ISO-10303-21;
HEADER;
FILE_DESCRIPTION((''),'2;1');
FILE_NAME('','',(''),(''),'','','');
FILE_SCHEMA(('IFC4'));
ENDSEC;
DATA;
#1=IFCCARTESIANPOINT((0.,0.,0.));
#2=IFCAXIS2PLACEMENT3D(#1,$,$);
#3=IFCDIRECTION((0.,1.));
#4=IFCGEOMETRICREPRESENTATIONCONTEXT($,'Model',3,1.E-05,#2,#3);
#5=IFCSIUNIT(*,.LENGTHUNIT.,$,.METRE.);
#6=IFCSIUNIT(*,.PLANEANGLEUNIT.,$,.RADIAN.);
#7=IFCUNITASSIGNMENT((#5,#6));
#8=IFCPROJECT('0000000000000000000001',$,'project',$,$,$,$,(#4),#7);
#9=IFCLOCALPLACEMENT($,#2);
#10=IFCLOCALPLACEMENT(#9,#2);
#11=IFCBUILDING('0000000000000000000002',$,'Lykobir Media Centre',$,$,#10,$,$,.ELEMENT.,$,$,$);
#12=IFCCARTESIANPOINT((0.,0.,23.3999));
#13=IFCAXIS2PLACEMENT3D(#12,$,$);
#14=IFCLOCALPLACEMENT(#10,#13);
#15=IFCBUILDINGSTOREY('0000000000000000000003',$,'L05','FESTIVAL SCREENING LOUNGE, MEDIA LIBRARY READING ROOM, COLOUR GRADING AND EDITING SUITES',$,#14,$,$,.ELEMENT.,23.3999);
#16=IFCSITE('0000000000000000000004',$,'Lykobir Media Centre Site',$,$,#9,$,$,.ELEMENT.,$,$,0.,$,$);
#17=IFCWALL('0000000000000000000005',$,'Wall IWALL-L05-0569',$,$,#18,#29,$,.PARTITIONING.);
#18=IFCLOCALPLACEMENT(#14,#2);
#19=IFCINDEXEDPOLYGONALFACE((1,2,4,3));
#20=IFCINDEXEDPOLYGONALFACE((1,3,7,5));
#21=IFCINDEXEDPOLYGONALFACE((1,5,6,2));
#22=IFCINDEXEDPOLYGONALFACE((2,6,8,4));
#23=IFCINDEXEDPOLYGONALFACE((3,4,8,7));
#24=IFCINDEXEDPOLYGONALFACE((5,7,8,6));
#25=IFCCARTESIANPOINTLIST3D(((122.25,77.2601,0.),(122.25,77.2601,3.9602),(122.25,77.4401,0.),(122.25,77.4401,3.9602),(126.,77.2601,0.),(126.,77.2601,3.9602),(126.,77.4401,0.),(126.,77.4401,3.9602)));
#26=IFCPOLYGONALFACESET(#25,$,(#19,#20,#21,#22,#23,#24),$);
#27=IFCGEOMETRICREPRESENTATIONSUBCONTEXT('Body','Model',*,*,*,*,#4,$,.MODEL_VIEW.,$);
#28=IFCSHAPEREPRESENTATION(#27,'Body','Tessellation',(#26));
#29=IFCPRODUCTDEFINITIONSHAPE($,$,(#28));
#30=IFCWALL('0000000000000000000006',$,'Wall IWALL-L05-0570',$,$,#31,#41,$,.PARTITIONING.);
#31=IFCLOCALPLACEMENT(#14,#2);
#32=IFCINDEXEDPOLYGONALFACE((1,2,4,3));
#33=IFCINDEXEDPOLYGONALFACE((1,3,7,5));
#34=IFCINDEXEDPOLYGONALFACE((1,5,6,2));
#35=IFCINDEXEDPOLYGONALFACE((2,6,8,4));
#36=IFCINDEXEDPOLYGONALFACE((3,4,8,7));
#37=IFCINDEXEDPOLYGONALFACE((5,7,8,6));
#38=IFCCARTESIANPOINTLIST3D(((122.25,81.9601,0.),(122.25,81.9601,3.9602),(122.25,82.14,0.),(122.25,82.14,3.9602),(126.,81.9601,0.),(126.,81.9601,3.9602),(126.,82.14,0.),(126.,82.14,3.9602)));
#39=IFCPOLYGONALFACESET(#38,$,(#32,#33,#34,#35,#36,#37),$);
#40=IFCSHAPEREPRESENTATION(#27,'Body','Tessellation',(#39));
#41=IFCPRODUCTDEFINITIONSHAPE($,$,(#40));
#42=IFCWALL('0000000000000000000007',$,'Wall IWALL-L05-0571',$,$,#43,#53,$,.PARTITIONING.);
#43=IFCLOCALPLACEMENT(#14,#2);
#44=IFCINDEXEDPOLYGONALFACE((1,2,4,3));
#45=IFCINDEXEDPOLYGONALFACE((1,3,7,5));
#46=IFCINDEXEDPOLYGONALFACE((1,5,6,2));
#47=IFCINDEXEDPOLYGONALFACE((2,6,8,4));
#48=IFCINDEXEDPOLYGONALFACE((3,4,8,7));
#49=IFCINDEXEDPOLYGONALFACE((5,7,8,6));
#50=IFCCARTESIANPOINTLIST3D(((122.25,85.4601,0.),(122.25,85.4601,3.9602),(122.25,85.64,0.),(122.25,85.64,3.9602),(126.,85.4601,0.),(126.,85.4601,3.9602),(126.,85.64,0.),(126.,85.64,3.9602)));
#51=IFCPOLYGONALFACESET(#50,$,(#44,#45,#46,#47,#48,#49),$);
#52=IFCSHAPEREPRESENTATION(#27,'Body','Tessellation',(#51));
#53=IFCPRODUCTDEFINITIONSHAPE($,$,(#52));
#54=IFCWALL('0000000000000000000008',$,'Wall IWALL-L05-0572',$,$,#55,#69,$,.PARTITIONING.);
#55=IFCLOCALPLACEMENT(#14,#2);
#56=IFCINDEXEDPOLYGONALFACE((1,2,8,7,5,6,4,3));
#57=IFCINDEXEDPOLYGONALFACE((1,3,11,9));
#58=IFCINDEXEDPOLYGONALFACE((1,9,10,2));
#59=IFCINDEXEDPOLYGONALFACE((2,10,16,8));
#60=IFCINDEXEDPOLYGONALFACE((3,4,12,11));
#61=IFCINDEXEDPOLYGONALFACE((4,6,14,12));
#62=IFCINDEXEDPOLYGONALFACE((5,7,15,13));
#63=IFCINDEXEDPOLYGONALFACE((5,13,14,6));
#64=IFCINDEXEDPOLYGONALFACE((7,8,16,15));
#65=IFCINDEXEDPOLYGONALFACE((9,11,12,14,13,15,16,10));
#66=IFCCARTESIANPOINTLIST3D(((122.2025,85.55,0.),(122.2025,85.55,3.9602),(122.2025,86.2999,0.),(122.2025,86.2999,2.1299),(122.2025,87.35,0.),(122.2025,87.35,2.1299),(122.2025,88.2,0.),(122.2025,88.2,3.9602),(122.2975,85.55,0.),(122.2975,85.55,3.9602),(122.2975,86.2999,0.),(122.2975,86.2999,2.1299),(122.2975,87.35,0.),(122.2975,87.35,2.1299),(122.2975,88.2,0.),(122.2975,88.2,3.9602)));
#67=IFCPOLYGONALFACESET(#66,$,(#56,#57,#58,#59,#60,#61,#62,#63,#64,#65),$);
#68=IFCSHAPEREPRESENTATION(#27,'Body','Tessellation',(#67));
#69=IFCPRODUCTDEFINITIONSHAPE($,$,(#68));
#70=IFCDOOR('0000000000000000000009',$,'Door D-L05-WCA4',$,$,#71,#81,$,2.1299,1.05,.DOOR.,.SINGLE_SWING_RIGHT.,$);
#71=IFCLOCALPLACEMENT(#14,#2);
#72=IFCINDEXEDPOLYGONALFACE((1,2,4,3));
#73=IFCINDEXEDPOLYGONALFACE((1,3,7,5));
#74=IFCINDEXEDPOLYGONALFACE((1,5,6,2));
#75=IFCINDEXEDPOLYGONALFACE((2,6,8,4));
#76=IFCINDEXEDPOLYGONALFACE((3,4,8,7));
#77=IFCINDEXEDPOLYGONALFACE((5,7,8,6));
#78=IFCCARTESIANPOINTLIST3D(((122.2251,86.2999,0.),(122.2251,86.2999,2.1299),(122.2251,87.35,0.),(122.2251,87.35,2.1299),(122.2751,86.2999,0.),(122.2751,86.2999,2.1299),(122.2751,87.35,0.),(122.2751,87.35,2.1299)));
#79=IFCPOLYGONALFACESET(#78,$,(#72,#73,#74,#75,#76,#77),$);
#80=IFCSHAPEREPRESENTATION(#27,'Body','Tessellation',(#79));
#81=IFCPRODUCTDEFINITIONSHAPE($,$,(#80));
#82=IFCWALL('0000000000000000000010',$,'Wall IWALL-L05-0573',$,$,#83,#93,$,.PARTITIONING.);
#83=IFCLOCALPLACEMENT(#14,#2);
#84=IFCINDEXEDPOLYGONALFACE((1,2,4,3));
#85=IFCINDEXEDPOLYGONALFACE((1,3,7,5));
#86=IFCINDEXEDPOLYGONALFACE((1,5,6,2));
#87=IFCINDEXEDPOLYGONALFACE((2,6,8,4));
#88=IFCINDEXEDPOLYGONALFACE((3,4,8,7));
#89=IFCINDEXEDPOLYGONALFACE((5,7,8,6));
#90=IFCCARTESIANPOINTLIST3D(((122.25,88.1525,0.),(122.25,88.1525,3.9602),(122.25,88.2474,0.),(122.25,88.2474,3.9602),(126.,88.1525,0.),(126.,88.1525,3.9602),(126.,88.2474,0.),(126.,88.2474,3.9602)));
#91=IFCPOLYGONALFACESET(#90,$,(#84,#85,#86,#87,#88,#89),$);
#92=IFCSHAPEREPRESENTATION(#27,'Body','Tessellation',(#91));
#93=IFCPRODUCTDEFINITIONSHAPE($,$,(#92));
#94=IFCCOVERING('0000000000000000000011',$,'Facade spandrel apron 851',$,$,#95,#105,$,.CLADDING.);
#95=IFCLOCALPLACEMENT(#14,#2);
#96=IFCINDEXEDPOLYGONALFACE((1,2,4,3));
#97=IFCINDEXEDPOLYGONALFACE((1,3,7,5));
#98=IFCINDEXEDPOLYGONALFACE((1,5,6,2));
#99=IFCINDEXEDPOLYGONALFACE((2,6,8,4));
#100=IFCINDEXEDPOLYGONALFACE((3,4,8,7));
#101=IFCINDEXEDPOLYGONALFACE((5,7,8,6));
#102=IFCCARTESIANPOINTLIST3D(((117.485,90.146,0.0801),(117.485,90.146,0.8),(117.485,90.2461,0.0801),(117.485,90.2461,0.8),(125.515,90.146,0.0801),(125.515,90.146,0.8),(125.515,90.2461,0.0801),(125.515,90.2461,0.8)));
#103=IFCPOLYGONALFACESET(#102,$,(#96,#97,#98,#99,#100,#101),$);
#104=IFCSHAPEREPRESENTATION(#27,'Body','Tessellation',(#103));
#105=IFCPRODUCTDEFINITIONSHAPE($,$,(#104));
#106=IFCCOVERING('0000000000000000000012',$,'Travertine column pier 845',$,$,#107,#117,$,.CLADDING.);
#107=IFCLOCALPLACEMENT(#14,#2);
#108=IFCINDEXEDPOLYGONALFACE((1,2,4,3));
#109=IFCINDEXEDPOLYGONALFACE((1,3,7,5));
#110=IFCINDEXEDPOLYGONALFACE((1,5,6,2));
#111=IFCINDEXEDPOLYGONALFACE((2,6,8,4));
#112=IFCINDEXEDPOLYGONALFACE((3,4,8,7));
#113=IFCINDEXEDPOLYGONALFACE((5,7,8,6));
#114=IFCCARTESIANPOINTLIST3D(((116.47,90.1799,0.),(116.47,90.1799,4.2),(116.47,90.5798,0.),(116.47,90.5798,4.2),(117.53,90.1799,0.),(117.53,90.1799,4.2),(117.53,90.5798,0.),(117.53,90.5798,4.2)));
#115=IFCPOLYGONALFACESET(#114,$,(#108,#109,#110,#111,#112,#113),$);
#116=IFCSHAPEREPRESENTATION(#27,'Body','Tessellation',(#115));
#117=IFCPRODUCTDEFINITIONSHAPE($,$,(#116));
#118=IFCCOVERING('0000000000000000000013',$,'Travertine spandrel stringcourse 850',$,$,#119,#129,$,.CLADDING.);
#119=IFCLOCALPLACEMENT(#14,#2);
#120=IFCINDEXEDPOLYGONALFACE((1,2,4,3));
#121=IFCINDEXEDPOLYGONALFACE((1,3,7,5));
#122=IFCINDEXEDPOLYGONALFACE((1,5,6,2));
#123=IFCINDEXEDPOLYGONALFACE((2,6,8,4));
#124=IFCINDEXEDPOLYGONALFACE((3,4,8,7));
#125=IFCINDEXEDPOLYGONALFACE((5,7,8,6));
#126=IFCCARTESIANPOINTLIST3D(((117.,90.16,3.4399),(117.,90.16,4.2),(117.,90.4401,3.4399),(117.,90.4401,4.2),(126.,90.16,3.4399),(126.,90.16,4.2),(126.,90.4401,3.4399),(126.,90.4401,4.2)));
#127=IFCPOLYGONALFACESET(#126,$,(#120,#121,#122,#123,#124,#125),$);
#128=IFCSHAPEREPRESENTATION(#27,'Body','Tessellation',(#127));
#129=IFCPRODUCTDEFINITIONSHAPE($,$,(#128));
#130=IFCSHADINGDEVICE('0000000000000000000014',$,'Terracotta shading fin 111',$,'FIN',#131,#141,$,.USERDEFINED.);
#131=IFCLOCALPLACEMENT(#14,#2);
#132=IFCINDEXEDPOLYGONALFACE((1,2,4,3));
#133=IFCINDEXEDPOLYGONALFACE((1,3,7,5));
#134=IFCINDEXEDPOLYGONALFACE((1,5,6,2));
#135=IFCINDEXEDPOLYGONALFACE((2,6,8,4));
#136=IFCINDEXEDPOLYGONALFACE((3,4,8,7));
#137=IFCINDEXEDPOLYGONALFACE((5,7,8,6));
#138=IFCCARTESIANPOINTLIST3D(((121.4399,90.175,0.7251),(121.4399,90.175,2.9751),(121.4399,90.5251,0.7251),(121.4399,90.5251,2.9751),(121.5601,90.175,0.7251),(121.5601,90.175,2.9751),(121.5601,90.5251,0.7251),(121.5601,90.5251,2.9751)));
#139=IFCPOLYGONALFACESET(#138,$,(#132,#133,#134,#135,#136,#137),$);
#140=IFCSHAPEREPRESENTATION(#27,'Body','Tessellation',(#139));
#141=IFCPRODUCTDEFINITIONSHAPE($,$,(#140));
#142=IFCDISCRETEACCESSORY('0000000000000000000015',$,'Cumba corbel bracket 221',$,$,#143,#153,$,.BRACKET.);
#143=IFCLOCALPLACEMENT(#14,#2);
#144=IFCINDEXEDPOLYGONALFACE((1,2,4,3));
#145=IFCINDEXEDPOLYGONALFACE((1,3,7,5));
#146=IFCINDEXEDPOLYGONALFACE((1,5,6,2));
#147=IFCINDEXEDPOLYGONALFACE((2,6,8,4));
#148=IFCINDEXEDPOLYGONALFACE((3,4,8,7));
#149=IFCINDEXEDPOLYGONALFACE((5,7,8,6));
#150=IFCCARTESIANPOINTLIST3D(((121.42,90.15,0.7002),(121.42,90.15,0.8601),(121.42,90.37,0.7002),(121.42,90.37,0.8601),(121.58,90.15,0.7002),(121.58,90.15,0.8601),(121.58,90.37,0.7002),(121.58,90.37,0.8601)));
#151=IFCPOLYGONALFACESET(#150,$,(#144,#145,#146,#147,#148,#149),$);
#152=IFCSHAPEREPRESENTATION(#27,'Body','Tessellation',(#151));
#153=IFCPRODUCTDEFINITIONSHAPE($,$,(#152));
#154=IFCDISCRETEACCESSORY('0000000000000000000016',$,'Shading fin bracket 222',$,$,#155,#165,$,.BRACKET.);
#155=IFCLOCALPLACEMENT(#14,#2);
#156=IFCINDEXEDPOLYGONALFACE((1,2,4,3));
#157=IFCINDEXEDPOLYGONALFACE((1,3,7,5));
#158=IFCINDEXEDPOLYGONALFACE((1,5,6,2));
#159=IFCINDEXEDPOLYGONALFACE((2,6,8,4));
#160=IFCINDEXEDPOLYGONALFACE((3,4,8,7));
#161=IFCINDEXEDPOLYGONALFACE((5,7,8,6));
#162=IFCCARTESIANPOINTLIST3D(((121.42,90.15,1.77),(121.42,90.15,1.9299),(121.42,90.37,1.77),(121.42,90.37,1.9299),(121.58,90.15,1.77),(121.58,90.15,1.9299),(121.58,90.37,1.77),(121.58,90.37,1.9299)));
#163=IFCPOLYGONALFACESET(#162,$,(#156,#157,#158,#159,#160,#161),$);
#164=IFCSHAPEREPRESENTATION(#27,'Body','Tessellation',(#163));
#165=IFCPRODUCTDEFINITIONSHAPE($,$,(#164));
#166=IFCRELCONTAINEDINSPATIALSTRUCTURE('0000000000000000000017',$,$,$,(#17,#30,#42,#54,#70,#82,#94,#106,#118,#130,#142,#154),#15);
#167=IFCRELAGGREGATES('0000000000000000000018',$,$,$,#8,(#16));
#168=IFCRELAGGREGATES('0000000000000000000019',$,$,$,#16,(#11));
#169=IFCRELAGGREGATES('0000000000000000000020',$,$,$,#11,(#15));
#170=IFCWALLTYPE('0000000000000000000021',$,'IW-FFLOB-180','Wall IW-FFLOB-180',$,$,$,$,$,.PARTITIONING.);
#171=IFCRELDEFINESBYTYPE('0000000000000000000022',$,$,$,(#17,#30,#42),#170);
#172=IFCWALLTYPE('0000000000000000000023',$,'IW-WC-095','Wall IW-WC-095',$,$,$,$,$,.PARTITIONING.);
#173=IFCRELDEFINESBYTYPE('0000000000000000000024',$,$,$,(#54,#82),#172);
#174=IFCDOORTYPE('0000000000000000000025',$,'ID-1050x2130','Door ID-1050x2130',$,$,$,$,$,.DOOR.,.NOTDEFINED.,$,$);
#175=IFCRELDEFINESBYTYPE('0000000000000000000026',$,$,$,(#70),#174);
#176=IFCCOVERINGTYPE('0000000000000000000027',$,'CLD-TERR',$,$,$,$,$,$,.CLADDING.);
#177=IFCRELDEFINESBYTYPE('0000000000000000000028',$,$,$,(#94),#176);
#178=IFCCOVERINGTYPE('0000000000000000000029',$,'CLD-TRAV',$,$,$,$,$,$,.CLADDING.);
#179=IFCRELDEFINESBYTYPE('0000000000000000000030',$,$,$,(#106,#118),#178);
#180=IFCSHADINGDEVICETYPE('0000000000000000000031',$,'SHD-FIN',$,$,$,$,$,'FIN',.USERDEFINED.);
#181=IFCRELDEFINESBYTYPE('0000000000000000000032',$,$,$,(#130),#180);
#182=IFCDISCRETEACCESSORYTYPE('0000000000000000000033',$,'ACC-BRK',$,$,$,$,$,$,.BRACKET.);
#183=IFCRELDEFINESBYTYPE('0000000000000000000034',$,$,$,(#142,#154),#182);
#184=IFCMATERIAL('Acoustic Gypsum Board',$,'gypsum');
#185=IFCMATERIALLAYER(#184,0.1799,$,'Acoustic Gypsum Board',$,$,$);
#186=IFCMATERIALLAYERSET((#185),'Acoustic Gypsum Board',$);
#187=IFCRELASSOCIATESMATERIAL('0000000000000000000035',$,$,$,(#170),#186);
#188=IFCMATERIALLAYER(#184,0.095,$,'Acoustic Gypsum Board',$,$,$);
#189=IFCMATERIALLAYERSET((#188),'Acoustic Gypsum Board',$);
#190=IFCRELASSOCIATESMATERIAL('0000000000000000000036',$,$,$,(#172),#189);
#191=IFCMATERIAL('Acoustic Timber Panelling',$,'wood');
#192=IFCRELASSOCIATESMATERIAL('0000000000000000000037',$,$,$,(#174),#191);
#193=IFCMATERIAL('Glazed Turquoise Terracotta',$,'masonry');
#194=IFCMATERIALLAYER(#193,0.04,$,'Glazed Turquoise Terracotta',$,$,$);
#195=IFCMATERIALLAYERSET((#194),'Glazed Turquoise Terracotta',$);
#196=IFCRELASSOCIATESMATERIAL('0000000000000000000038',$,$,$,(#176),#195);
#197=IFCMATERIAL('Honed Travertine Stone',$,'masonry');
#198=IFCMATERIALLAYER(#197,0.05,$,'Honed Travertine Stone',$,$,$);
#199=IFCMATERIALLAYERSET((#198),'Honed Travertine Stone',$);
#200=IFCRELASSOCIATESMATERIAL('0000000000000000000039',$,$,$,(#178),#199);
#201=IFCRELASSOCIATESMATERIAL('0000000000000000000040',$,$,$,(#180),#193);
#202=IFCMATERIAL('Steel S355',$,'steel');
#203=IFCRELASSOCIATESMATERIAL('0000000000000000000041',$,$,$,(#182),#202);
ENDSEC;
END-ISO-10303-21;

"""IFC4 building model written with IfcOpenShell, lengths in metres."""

from ifc_helpers import new_model, si_unit, direction, frame, frame_2d, origin, origin_2d, place, context, subcontext, project, spatial, rectangle, extrude, material, layer, layer_set, type_object, element, fill, save


model = new_model("IFC4")

# Units and contexts
model_context = context("Model", 3, precision=1e-05, world=origin(), true_north=direction((0.0, 1.0)))
body_context = subcontext(model_context, "Body", "Model", "MODEL_VIEW")
ifc_project = project(units=[si_unit("LENGTHUNIT", "METRE"), si_unit("PLANEANGLEUNIT", "RADIAN")], contexts=[model_context])

# Site, building, storey
site_placement = place(None, origin())
site = spatial("IfcSite", under=ifc_project, at=site_placement, Name="Lykobir Media Centre Site", CompositionType="ELEMENT", RefElevation=0.0)
building_placement = place(site_placement, origin())
building = spatial("IfcBuilding", under=site, at=building_placement, Name="Lykobir Media Centre", CompositionType="ELEMENT")
storey_placement = place(building_placement, frame((0.0, 0.0, 23.3999)))
storey = spatial("IfcBuildingStorey", under=building, at=storey_placement, Name="L05", Description="FESTIVAL SCREENING LOUNGE, MEDIA LIBRARY READING ROOM, COLOUR GRADING AND EDITING SUITES", CompositionType="ELEMENT", Elevation=23.3999)

# Shared definitions
ifc_material_1 = material(Name="Steel S355", Category="steel")

# Walls
ifc_material_2 = material(Name="Acoustic Gypsum Board", Category="gypsum")
ifc_layer_1 = layer(ifc_material_2, 0.1799, Name="Acoustic Gypsum Board")
ifc_layer_set_1 = layer_set([ifc_layer_1], Name="Acoustic Gypsum Board")
wall_type_1 = type_object("IfcWallType", Name="IW-FFLOB-180", Description="Wall IW-FFLOB-180", PredefinedType="PARTITIONING", material=ifc_layer_set_1)
for number, where, z_axis, x_axis, name in (
    (1, (122.25, 77.3501, 0.0), (0.0, 0.0, 1.0), (1.0, 0.0, 0.0), "Wall IWALL-L05-0569"),
    (2, (122.25, 82.05, 0.0), (0.0, 0.0, 1.0), (1.0, 0.0, 0.0), "Wall IWALL-L05-0570"),
    (3, (122.25, 85.55, 0.0), (0.0, 0.0, 1.0), (1.0, 0.0, 0.0), "Wall IWALL-L05-0571"),
):
    element("IfcWall", number, at=place(storey_placement, frame(where, z_axis=z_axis, x_axis=x_axis)), inside=storey, type_object=wall_type_1, Name=name, PredefinedType="PARTITIONING", context=body_context, shape_type="SweptSolid", body=[
        extrude(rectangle(XDim=3.75, YDim=0.1799, at=frame_2d((1.875, 0.0))), origin(), (0.0, 0.0, 1.0), 3.9602),
    ])

# Wall, opening, door
ifc_layer_2 = layer(ifc_material_2, 0.095, Name="Acoustic Gypsum Board")
ifc_layer_set_2 = layer_set([ifc_layer_2], Name="Acoustic Gypsum Board")
wall_type_2 = type_object("IfcWallType", Name="IW-WC-095", Description="Wall IW-WC-095", PredefinedType="PARTITIONING", material=ifc_layer_set_2)
wall_1_placement = place(storey_placement, frame((122.25, 85.55, 0.0), z_axis=(0.0, 0.0, 1.0), x_axis=(0.0, 1.0, 0.0)))
wall_1 = element("IfcWall", 4, at=wall_1_placement, inside=storey, type_object=wall_type_2, Name="Wall IWALL-L05-0572", PredefinedType="PARTITIONING", context=body_context, shape_type="SweptSolid", body=[
    extrude(rectangle(XDim=2.6499, YDim=0.095, at=frame_2d((1.325, 0.0))), origin(), (0.0, 0.0, 1.0), 3.9602),
])
opening_1_placement = place(wall_1_placement, frame((0.75, 0.0, 0.0)))
opening_1 = element("IfcOpeningElement", 5, at=opening_1_placement, cuts=wall_1, PredefinedType="OPENING", context=body_context, shape_type="SweptSolid", body=[
    extrude(rectangle(XDim=1.05, YDim=2.1299, at=frame_2d((0.5249, 1.0649))), frame((0.0, 0.0574, 0.0), z_axis=(0.0, -1.0, 0.0), x_axis=(1.0, 0.0, 0.0)), (0.0, 0.0, 1.0), 0.115),
])
ifc_material_3 = material(Name="Acoustic Timber Panelling", Category="wood")
door_type = type_object("IfcDoorType", Name="ID-1050x2130", Description="Door ID-1050x2130", OperationType="NOTDEFINED", PredefinedType="DOOR", material=ifc_material_3)
door_placement = place(opening_1_placement, origin())
door = element("IfcDoor", 6, at=door_placement, inside=storey, type_object=door_type, Name="Door D-L05-WCA4", OperationType="SINGLE_SWING_RIGHT", OverallHeight=2.1299, OverallWidth=1.05, PredefinedType="DOOR", context=body_context, shape_type="SweptSolid", body=[
    extrude(rectangle(XDim=1.05, YDim=2.1299, at=frame_2d((0.5249, 1.0649))), frame((0.0, 0.0249, 0.0), z_axis=(0.0, -1.0, 0.0), x_axis=(1.0, 0.0, 0.0)), (0.0, 0.0, 1.0), 0.05),
])
fill(opening_1, door)

# Wall
wall_2_placement = place(storey_placement, frame((122.25, 88.2, 0.0), z_axis=(0.0, 0.0, 1.0), x_axis=(1.0, 0.0, 0.0)))
element("IfcWall", 7, at=wall_2_placement, inside=storey, type_object=wall_type_2, Name="Wall IWALL-L05-0573", PredefinedType="PARTITIONING", context=body_context, shape_type="SweptSolid", body=[
    extrude(rectangle(XDim=3.75, YDim=0.095, at=frame_2d((1.875, 0.0))), origin(), (0.0, 0.0, 1.0), 3.9602),
])

# Coverings
ifc_material_4 = material(Name="Glazed Turquoise Terracotta", Category="masonry")
ifc_layer_3 = layer(ifc_material_4, 0.04, Name="Glazed Turquoise Terracotta")
ifc_layer_set_3 = layer_set([ifc_layer_3], Name="Glazed Turquoise Terracotta")
covering_type_1 = type_object("IfcCoveringType", Name="CLD-TERR", PredefinedType="CLADDING", material=ifc_layer_set_3)
covering_1_placement = place(storey_placement, frame((121.5, 90.196, 0.0801), z_axis=(0.0, 0.0, 1.0), x_axis=(-1.0, 0.0, 0.0)))
element("IfcCovering", 8, at=covering_1_placement, inside=storey, type_object=covering_type_1, Name="Facade spandrel apron 851", PredefinedType="CLADDING", context=body_context, shape_type="SweptSolid", body=[
    extrude(rectangle(XDim=8.03, YDim=0.1001, at=origin_2d()), origin(), (0.0, 0.0, 1.0), 0.72),
])
ifc_material_5 = material(Name="Honed Travertine Stone", Category="masonry")
ifc_layer_4 = layer(ifc_material_5, 0.05, Name="Honed Travertine Stone")
ifc_layer_set_4 = layer_set([ifc_layer_4], Name="Honed Travertine Stone")
covering_type_2 = type_object("IfcCoveringType", Name="CLD-TRAV", PredefinedType="CLADDING", material=ifc_layer_set_4)
covering_2_placement = place(storey_placement, frame((117.0, 90.3799, 0.0), z_axis=(0.0, 0.0, 1.0), x_axis=(-1.0, 0.0, 0.0)))
element("IfcCovering", 9, at=covering_2_placement, inside=storey, type_object=covering_type_2, Name="Travertine column pier 845", PredefinedType="CLADDING", context=body_context, shape_type="SweptSolid", body=[
    extrude(rectangle(XDim=1.0601, YDim=0.3999, at=origin_2d()), origin(), (0.0, 0.0, 1.0), 4.2),
])
covering_3_placement = place(storey_placement, frame((121.5, 90.3, 3.4399), z_axis=(0.0, 0.0, 1.0), x_axis=(-1.0, 0.0, 0.0)))
element("IfcCovering", 10, at=covering_3_placement, inside=storey, type_object=covering_type_2, Name="Travertine spandrel stringcourse 850", PredefinedType="CLADDING", context=body_context, shape_type="SweptSolid", body=[
    extrude(rectangle(XDim=9.0, YDim=0.28, at=origin_2d()), origin(), (0.0, 0.0, 1.0), 0.76),
])

# Shading device
shading_device_type = type_object("IfcShadingDeviceType", Name="SHD-FIN", ElementType="FIN", PredefinedType="USERDEFINED", material=ifc_material_4)
shading_device_placement = place(storey_placement, frame((121.5, 90.3501, 0.7251), z_axis=(0.0, 0.0, 1.0), x_axis=(-1.0, 0.0, 0.0)))
element("IfcShadingDevice", 11, at=shading_device_placement, inside=storey, type_object=shading_device_type, Name="Terracotta shading fin 111", ObjectType="FIN", PredefinedType="USERDEFINED", context=body_context, shape_type="SweptSolid", body=[
    extrude(rectangle(XDim=0.1201, YDim=0.3501, at=origin_2d()), origin(), (0.0, 0.0, 1.0), 2.25),
])

# Discrete accessories
discrete_accessory_type = type_object("IfcDiscreteAccessoryType", Name="ACC-BRK", PredefinedType="BRACKET", material=ifc_material_1)
for number, where, z_axis, x_axis, name in (
    (12, (121.5, 90.26, 0.7002), (0.0, 0.0, 1.0), (-1.0, 0.0, 0.0), "Cumba corbel bracket 221"),
    (13, (121.5, 90.26, 1.77), (0.0, 0.0, 1.0), (-1.0, 0.0, 0.0), "Shading fin bracket 222"),
):
    element("IfcDiscreteAccessory", number, at=place(storey_placement, frame(where, z_axis=z_axis, x_axis=x_axis)), inside=storey, type_object=discrete_accessory_type, Name=name, PredefinedType="BRACKET", context=body_context, shape_type="SweptSolid", body=[
        extrude(rectangle(XDim=0.1599, YDim=0.22, at=origin_2d()), origin(), (0.0, 0.0, 1.0), 0.1599),
    ])

save(model, "model.ifc")
